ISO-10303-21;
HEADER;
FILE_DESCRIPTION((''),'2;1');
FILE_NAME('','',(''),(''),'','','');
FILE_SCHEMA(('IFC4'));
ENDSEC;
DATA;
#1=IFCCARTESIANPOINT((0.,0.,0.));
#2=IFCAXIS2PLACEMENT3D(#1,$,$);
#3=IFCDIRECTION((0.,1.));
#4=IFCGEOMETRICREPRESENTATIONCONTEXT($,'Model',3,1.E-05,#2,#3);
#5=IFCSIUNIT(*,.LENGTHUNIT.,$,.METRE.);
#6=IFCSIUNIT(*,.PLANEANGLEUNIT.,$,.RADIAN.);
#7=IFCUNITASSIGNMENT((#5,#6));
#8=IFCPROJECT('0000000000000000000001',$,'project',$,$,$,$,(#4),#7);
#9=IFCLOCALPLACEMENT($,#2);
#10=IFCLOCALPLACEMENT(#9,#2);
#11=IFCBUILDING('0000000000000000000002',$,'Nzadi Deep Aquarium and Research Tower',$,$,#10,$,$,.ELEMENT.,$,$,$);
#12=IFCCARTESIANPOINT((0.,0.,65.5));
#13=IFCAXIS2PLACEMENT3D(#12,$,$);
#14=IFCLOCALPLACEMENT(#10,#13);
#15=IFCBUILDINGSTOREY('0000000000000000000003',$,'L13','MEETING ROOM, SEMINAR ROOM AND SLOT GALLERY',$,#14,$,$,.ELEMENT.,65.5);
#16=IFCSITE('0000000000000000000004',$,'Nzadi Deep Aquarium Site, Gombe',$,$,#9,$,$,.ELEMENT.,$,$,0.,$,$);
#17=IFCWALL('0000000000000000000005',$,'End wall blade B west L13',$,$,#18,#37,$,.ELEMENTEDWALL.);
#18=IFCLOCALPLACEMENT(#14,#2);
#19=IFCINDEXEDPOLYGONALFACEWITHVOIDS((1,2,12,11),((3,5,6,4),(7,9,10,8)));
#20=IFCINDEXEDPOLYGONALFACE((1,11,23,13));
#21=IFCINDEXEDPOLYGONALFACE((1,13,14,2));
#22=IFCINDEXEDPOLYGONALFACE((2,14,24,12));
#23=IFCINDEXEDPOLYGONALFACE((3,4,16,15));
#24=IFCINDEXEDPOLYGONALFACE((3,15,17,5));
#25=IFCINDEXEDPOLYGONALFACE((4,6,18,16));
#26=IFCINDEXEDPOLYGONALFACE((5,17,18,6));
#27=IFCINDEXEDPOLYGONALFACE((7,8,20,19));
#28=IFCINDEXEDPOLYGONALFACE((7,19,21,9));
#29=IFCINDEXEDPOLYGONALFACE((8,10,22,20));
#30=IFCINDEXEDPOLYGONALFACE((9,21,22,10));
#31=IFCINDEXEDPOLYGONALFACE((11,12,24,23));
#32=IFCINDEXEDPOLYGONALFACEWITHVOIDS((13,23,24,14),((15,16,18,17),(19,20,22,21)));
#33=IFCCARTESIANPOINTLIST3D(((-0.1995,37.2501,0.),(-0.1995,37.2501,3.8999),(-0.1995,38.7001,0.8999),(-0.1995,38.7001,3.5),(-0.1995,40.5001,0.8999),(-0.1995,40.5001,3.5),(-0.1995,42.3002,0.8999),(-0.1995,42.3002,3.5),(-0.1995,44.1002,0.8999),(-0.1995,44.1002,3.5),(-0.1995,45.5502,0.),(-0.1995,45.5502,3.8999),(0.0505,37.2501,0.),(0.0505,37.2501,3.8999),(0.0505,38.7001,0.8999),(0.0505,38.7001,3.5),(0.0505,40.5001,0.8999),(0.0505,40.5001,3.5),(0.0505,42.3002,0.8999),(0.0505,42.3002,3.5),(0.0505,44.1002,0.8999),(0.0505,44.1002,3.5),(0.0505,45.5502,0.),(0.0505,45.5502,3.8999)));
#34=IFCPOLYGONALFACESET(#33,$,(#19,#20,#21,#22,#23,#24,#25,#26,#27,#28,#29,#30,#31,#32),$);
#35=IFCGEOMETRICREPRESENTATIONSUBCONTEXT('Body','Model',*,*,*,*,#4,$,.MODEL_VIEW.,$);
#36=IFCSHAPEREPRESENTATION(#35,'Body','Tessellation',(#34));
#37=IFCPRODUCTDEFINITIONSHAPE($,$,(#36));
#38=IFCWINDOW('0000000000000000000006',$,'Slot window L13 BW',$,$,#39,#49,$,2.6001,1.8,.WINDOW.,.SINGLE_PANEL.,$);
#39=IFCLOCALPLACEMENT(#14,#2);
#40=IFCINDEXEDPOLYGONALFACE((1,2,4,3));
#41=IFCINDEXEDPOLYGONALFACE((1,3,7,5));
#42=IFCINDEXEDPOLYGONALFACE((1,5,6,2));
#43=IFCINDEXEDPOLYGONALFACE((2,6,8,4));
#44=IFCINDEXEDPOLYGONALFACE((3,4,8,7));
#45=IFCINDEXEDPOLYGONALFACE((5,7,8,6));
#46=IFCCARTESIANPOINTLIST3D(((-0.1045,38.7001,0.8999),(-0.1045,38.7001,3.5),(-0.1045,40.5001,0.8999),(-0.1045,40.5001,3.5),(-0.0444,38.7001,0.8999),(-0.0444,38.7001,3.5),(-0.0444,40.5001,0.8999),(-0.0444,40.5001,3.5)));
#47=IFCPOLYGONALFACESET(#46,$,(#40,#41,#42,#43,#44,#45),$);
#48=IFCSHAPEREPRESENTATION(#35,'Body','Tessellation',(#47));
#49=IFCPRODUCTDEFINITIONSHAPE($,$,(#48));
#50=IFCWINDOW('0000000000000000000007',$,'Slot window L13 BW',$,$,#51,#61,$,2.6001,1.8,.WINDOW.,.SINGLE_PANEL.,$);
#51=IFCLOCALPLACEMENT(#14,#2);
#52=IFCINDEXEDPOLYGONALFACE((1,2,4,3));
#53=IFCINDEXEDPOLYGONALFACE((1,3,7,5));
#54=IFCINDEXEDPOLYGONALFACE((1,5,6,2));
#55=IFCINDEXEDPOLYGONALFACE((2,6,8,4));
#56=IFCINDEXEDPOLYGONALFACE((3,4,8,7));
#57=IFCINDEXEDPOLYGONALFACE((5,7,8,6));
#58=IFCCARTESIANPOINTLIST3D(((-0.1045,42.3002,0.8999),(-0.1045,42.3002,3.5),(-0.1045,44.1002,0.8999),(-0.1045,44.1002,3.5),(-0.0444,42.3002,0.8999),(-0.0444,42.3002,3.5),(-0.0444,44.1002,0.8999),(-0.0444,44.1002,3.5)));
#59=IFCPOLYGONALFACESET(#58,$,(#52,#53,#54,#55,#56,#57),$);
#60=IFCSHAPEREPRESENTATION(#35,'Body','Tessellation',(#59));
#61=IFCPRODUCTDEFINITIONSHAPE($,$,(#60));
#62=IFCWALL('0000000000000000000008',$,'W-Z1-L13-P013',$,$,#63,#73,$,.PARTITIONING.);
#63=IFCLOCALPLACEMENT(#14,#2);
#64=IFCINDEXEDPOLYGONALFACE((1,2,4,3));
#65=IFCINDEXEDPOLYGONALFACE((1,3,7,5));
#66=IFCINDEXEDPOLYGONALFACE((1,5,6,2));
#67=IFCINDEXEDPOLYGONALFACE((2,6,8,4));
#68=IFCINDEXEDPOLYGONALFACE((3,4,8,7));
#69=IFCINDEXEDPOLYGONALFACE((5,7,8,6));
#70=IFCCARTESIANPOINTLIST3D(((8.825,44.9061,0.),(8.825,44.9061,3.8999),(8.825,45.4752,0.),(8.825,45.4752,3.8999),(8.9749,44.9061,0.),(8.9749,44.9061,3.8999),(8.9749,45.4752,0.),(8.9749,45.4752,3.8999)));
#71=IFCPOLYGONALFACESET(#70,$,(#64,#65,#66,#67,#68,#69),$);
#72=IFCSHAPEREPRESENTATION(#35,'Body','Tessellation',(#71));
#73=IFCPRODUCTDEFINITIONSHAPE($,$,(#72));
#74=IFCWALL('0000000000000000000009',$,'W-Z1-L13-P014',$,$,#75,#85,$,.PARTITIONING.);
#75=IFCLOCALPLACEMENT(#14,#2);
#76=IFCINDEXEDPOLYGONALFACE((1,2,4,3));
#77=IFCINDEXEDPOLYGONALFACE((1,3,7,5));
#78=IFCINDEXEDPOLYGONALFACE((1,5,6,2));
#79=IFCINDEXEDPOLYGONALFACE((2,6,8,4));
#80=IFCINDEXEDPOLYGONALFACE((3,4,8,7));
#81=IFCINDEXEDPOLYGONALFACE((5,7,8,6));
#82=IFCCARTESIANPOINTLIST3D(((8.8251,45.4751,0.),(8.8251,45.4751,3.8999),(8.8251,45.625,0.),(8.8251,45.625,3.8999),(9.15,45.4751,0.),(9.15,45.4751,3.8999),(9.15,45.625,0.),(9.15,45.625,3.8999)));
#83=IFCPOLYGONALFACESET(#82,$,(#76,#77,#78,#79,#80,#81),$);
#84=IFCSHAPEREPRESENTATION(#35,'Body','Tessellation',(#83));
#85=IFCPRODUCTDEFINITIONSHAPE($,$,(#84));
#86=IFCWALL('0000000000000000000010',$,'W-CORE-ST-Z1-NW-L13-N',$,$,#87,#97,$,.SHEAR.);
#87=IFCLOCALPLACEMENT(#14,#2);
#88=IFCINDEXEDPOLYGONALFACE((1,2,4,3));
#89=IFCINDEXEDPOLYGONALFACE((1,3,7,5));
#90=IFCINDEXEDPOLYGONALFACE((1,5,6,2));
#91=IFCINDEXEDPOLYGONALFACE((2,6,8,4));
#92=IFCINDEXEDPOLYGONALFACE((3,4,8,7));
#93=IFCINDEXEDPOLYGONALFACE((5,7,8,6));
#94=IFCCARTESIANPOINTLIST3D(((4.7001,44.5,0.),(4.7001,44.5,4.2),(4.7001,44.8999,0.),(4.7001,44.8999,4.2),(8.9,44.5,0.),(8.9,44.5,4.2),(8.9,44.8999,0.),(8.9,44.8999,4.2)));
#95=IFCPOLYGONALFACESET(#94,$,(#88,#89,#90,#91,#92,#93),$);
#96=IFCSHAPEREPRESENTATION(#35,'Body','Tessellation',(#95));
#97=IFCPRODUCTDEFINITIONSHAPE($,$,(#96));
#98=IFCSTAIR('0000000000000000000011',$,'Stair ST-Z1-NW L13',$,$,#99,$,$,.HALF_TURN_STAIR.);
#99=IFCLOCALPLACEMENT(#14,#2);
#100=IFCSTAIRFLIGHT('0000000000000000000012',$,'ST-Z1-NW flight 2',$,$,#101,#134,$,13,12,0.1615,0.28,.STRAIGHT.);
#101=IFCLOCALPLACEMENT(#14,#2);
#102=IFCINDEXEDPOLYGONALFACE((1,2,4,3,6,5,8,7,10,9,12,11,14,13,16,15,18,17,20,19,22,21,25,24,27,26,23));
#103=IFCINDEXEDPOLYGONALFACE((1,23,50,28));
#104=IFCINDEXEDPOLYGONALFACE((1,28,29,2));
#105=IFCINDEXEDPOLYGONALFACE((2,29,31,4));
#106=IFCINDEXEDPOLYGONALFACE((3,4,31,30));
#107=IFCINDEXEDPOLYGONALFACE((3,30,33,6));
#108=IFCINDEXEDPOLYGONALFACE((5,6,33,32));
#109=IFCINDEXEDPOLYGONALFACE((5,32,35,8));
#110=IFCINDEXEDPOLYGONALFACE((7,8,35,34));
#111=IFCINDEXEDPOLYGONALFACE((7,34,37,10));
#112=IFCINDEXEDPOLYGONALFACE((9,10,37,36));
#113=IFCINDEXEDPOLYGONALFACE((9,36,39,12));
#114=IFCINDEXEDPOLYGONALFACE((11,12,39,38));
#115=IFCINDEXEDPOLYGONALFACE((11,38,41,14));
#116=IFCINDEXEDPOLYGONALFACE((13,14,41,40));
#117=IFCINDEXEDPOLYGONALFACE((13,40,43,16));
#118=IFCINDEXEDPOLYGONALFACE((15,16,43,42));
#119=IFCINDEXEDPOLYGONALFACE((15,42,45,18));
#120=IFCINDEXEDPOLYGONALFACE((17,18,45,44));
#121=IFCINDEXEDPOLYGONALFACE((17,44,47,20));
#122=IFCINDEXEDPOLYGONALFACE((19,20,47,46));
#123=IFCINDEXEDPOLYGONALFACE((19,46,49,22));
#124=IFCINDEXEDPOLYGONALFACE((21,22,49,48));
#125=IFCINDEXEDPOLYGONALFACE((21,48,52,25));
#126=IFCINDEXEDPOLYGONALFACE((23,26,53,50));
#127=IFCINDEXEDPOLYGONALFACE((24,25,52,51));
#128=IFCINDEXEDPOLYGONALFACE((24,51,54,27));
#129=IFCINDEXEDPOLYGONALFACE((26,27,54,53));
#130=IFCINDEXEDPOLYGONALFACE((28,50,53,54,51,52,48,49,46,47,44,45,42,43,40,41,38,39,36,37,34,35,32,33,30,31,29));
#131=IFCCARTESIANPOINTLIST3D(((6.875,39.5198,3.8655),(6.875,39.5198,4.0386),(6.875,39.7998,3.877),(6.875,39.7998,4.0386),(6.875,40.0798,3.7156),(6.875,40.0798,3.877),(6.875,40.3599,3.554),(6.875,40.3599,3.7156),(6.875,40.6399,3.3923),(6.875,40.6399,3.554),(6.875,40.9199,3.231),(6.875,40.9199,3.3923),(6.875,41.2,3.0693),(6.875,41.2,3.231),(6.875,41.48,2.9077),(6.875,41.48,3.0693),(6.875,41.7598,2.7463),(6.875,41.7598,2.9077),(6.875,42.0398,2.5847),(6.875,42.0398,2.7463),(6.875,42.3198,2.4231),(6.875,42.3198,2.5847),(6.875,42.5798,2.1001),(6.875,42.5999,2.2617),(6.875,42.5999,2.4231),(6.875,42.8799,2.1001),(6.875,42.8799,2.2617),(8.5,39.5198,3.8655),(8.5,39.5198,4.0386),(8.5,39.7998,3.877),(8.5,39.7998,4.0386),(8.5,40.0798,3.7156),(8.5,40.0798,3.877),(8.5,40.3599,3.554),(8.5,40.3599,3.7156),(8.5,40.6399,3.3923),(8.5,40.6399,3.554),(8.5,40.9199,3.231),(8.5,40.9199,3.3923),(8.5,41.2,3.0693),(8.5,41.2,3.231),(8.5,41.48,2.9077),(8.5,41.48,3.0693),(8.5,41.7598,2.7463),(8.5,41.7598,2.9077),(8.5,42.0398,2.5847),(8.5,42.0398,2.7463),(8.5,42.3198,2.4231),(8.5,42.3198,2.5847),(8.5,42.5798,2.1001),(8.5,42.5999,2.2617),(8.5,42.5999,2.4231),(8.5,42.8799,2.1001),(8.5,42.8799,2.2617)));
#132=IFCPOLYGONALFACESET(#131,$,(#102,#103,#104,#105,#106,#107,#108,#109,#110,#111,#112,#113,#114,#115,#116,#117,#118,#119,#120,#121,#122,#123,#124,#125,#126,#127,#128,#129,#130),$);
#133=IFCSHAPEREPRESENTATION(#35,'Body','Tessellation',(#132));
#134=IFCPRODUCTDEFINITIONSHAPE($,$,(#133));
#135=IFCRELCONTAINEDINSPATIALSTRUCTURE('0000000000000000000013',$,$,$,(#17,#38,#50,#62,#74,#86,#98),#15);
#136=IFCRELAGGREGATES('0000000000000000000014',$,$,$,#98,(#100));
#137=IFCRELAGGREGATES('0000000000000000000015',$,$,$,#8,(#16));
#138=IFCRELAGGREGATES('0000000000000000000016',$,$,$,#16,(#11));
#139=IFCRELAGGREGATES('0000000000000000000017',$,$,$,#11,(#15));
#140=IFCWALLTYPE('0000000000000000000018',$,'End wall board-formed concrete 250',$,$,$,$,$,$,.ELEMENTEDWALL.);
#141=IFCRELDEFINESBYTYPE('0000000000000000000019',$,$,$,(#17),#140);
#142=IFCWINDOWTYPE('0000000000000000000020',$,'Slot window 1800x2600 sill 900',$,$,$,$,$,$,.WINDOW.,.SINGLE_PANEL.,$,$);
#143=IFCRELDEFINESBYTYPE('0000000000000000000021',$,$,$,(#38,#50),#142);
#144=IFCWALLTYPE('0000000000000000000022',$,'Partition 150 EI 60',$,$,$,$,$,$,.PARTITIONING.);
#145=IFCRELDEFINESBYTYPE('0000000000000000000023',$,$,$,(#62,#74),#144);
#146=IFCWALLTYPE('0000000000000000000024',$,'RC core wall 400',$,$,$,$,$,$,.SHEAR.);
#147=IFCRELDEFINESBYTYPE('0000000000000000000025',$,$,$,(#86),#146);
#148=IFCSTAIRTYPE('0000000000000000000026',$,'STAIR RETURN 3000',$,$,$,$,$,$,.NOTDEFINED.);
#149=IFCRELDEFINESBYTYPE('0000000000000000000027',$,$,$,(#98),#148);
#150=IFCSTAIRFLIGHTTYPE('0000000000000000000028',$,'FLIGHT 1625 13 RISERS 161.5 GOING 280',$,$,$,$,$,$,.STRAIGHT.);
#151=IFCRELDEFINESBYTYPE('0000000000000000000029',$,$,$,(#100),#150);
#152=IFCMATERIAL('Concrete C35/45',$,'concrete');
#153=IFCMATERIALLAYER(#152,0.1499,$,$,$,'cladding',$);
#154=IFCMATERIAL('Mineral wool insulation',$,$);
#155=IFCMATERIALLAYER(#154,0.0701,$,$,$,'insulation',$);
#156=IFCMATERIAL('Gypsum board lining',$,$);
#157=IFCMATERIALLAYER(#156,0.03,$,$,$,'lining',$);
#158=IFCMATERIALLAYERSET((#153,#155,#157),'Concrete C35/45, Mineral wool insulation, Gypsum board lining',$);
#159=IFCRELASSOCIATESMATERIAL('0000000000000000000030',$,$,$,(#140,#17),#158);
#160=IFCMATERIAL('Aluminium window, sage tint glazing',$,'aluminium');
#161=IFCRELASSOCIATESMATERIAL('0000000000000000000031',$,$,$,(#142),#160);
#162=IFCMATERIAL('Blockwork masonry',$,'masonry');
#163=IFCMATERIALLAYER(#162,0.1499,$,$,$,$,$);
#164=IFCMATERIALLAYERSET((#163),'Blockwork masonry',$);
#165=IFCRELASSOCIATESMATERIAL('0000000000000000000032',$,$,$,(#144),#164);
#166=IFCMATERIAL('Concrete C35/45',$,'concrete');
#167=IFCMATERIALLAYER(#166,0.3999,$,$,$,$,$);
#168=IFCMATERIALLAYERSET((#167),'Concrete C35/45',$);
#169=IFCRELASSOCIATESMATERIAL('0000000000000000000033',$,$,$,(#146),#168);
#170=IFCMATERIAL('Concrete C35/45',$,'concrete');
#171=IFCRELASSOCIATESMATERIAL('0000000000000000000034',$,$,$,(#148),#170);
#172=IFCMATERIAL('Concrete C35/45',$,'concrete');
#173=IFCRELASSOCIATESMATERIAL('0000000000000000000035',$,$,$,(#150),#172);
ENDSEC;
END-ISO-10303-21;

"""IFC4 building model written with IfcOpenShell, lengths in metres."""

from ifc_helpers import new_model, si_unit, direction, frame, frame_2d, origin, place, context, subcontext, project, spatial, polyline, rectangle, outline, extrude, material, layer, layer_set, layer_usage, type_object, element, fill, aggregate, save


model = new_model("IFC4")

# Units and contexts
model_context = context("Model", 3, precision=1e-05, world=origin(), true_north=direction((0.0, 1.0)))
body_context = subcontext(model_context, "Body", "Model", "MODEL_VIEW")
ifc_project = project(units=[si_unit("LENGTHUNIT", "METRE"), si_unit("PLANEANGLEUNIT", "RADIAN")], contexts=[model_context])

# Site, building, storey
site_placement = place(None, origin())
site = spatial("IfcSite", under=ifc_project, at=site_placement, Name="Nzadi Deep Aquarium Site, Gombe", CompositionType="ELEMENT", RefElevation=0.0)
building_placement = place(site_placement, origin())
building = spatial("IfcBuilding", under=site, at=building_placement, Name="Nzadi Deep Aquarium and Research Tower", CompositionType="ELEMENT")
storey_placement = place(building_placement, frame((0.0, 0.0, 65.5)))
storey = spatial("IfcBuildingStorey", under=building, at=storey_placement, Name="L13", Description="MEETING ROOM, SEMINAR ROOM AND SLOT GALLERY", CompositionType="ELEMENT", Elevation=65.5)

# Wall, openings, windows
ifc_material_1 = material(Name="Concrete C35/45", Category="concrete")
ifc_layer_1 = layer(ifc_material_1, 0.1499, Category="cladding")
ifc_material_2 = material(Name="Mineral wool insulation")
ifc_layer_2 = layer(ifc_material_2, 0.0701, Category="insulation")
ifc_material_3 = material(Name="Gypsum board lining")
ifc_layer_3 = layer(ifc_material_3, 0.03, Category="lining")
ifc_layer_set_1 = layer_set([ifc_layer_1, ifc_layer_2, ifc_layer_3], Name="Concrete C35/45, Mineral wool insulation, Gypsum board lining")
ifc_layer_usage = layer_usage(ifc_layer_set_1, "AXIS2", "POSITIVE", -0.125)
wall_type_1 = type_object("IfcWallType", Name="End wall board-formed concrete 250", PredefinedType="ELEMENTEDWALL", material=ifc_layer_set_1)
wall_1_placement = place(storey_placement, frame((-0.0745, 45.55, 0.0), z_axis=(0.0, 0.0, 1.0), x_axis=(0.0, -1.0, 0.0)))
wall_1 = element("IfcWall", 1, at=wall_1_placement, inside=storey, type_object=wall_type_1, material=ifc_layer_usage, Name="End wall blade B west L13", PredefinedType="ELEMENTEDWALL", context=body_context, shape_type="SweptSolid", body=[
    extrude(rectangle(XDim=8.3, YDim=0.25, at=frame_2d((4.1499, 0.0))), origin(), (0.0, 0.0, 1.0), 3.8999),
])
opening_1_placement = place(wall_1_placement, frame((5.05, 0.0, 0.8999)))
opening_1 = element("IfcOpeningElement", 2, at=opening_1_placement, cuts=wall_1, PredefinedType="OPENING", context=body_context, shape_type="SweptSolid", body=[
    extrude(rectangle(XDim=1.8, YDim=2.6001, at=frame_2d((0.8999, 1.3))), frame((0.0, 0.135, 0.0), z_axis=(0.0, -1.0, 0.0), x_axis=(1.0, 0.0, 0.0)), (0.0, 0.0, 1.0), 0.27),
])
opening_2_placement = place(wall_1_placement, frame((1.45, 0.0, 0.8999)))
opening_2 = element("IfcOpeningElement", 3, at=opening_2_placement, cuts=wall_1, PredefinedType="OPENING", context=body_context, shape_type="SweptSolid", body=[
    extrude(rectangle(XDim=1.8, YDim=2.6001, at=frame_2d((0.8999, 1.3))), frame((0.0, 0.135, 0.0), z_axis=(0.0, -1.0, 0.0), x_axis=(1.0, 0.0, 0.0)), (0.0, 0.0, 1.0), 0.27),
])
ifc_material_4 = material(Name="Aluminium window, sage tint glazing", Category="aluminium")
window_type = type_object("IfcWindowType", Name="Slot window 1800x2600 sill 900", PartitioningType="SINGLE_PANEL", PredefinedType="WINDOW", material=ifc_material_4)
window_1_placement = place(opening_1_placement, origin())
window_1 = element("IfcWindow", 4, at=window_1_placement, inside=storey, type_object=window_type, Name="Slot window L13 BW", OverallHeight=2.6001, OverallWidth=1.8, PartitioningType="SINGLE_PANEL", PredefinedType="WINDOW", context=body_context, shape_type="SweptSolid", body=[
    extrude(rectangle(XDim=1.8, YDim=2.6001, at=frame_2d((0.8999, 1.3))), frame((0.0, 0.03, 0.0), z_axis=(0.0, -1.0, 0.0), x_axis=(1.0, 0.0, 0.0)), (0.0, 0.0, 1.0), 0.0601),
])
fill(opening_1, window_1)
window_2_placement = place(opening_2_placement, origin())
window_2 = element("IfcWindow", 5, at=window_2_placement, inside=storey, type_object=window_type, Name="Slot window L13 BW", OverallHeight=2.6001, OverallWidth=1.8, PartitioningType="SINGLE_PANEL", PredefinedType="WINDOW", context=body_context, shape_type="SweptSolid", body=[
    extrude(rectangle(XDim=1.8, YDim=2.6001, at=frame_2d((0.8999, 1.3))), frame((0.0, 0.03, 0.0), z_axis=(0.0, -1.0, 0.0), x_axis=(1.0, 0.0, 0.0)), (0.0, 0.0, 1.0), 0.0601),
])
fill(opening_2, window_2)

# Walls
ifc_material_5 = material(Name="Blockwork masonry", Category="masonry")
ifc_layer_4 = layer(ifc_material_5, 0.1499)
ifc_layer_set_2 = layer_set([ifc_layer_4], Name="Blockwork masonry")
wall_type_2 = type_object("IfcWallType", Name="Partition 150 EI 60", PredefinedType="PARTITIONING", material=ifc_layer_set_2)
wall_2_placement = place(storey_placement, frame((8.8999, 44.906, 0.0), z_axis=(0.0, 0.0, 1.0), x_axis=(0.0, 1.0, 0.0)))
element("IfcWall", 6, at=wall_2_placement, inside=storey, type_object=wall_type_2, Name="W-Z1-L13-P013", PredefinedType="PARTITIONING", context=body_context, shape_type="SweptSolid", body=[
    extrude(rectangle(XDim=0.5691, YDim=0.1499, at=frame_2d((0.2847, 0.0))), origin(), (0.0, 0.0, 1.0), 3.8999),
])
wall_3_placement = place(storey_placement, frame((8.825, 45.55, 0.0), z_axis=(0.0, 0.0, 1.0), x_axis=(1.0, 0.0, 0.0)))
element("IfcWall", 7, at=wall_3_placement, inside=storey, type_object=wall_type_2, Name="W-Z1-L13-P014", PredefinedType="PARTITIONING", context=body_context, shape_type="SweptSolid", body=[
    extrude(rectangle(XDim=0.325, YDim=0.1499, at=frame_2d((0.1626, 0.0))), origin(), (0.0, 0.0, 1.0), 3.8999),
])
ifc_material_6 = material(Name="Concrete C35/45", Category="concrete")
ifc_layer_5 = layer(ifc_material_6, 0.3999)
ifc_layer_set_3 = layer_set([ifc_layer_5], Name="Concrete C35/45")
wall_type_3 = type_object("IfcWallType", Name="RC core wall 400", PredefinedType="SHEAR", material=ifc_layer_set_3)
wall_4_placement = place(storey_placement, frame((4.7, 44.7, 0.0), z_axis=(0.0, 0.0, 1.0), x_axis=(1.0, 0.0, 0.0)))
element("IfcWall", 8, at=wall_4_placement, inside=storey, type_object=wall_type_3, Name="W-CORE-ST-Z1-NW-L13-N", PredefinedType="SHEAR", context=body_context, shape_type="SweptSolid", body=[
    extrude(rectangle(XDim=4.2, YDim=0.3999, at=frame_2d((2.1001, 0.0))), origin(), (0.0, 0.0, 1.0), 4.2),
])

# Stair, stair flight
ifc_material_7 = material(Name="Concrete C35/45", Category="concrete")
stair_type = type_object("IfcStairType", Name="STAIR RETURN 3000", PredefinedType="NOTDEFINED", material=ifc_material_7)
stair_placement = place(storey_placement, origin())
stair = element("IfcStair", 9, at=stair_placement, inside=storey, type_object=stair_type, Name="Stair ST-Z1-NW L13", PredefinedType="HALF_TURN_STAIR")
ifc_material_8 = material(Name="Concrete C35/45", Category="concrete")
stair_flight_type = type_object("IfcStairFlightType", Name="FLIGHT 1625 13 RISERS 161.5 GOING 280", PredefinedType="STRAIGHT", material=ifc_material_8)
stair_flight_placement = place(storey_placement, frame((7.6875, 42.8799, 2.1001), z_axis=(0.0, 0.0, 1.0), x_axis=(0.0, -1.0, 0.0)))
stair_flight = element("IfcStairFlight", 10, at=stair_flight_placement, type_object=stair_flight_type, Name="ST-Z1-NW flight 2", NumberOfRisers=13, NumberOfTreads=12, PredefinedType="STRAIGHT", RiserHeight=0.1615, TreadLength=0.28, context=body_context, shape_type="SweptSolid", body=[
    extrude(outline(polyline([(0.0, 0.0), (0.0, 0.1616), (0.28, 0.1616), (0.28, 0.323), (0.5601, 0.323), (0.5601, 0.4846), (0.8401, 0.4846), (0.8401, 0.6462), (1.1201, 0.6462), (1.1201, 0.8076), (1.3999, 0.8076), (1.3999, 0.9692), (1.6799, 0.9692), (1.6799, 1.1309), (1.96, 1.1309), (1.96, 1.2922), (2.24, 1.2922), (2.24, 1.4539), (2.52, 1.4539), (2.52, 1.6155), (2.8, 1.6155), (2.8, 1.7769), (3.0801, 1.7769), (3.0801, 1.9385), (3.3601, 1.9385), (3.3601, 2.1001), (3.3601, 1.7654), (0.3, 0.0), (0.0, 0.0)])), frame((0.0, 0.8125, 0.0), z_axis=(0.0, -1.0, 0.0), x_axis=(1.0, 0.0, 0.0)), (0.0, 0.0, 1.0), 1.625),
])
aggregate(stair, [stair_flight])

save(model, "model.ifc")
